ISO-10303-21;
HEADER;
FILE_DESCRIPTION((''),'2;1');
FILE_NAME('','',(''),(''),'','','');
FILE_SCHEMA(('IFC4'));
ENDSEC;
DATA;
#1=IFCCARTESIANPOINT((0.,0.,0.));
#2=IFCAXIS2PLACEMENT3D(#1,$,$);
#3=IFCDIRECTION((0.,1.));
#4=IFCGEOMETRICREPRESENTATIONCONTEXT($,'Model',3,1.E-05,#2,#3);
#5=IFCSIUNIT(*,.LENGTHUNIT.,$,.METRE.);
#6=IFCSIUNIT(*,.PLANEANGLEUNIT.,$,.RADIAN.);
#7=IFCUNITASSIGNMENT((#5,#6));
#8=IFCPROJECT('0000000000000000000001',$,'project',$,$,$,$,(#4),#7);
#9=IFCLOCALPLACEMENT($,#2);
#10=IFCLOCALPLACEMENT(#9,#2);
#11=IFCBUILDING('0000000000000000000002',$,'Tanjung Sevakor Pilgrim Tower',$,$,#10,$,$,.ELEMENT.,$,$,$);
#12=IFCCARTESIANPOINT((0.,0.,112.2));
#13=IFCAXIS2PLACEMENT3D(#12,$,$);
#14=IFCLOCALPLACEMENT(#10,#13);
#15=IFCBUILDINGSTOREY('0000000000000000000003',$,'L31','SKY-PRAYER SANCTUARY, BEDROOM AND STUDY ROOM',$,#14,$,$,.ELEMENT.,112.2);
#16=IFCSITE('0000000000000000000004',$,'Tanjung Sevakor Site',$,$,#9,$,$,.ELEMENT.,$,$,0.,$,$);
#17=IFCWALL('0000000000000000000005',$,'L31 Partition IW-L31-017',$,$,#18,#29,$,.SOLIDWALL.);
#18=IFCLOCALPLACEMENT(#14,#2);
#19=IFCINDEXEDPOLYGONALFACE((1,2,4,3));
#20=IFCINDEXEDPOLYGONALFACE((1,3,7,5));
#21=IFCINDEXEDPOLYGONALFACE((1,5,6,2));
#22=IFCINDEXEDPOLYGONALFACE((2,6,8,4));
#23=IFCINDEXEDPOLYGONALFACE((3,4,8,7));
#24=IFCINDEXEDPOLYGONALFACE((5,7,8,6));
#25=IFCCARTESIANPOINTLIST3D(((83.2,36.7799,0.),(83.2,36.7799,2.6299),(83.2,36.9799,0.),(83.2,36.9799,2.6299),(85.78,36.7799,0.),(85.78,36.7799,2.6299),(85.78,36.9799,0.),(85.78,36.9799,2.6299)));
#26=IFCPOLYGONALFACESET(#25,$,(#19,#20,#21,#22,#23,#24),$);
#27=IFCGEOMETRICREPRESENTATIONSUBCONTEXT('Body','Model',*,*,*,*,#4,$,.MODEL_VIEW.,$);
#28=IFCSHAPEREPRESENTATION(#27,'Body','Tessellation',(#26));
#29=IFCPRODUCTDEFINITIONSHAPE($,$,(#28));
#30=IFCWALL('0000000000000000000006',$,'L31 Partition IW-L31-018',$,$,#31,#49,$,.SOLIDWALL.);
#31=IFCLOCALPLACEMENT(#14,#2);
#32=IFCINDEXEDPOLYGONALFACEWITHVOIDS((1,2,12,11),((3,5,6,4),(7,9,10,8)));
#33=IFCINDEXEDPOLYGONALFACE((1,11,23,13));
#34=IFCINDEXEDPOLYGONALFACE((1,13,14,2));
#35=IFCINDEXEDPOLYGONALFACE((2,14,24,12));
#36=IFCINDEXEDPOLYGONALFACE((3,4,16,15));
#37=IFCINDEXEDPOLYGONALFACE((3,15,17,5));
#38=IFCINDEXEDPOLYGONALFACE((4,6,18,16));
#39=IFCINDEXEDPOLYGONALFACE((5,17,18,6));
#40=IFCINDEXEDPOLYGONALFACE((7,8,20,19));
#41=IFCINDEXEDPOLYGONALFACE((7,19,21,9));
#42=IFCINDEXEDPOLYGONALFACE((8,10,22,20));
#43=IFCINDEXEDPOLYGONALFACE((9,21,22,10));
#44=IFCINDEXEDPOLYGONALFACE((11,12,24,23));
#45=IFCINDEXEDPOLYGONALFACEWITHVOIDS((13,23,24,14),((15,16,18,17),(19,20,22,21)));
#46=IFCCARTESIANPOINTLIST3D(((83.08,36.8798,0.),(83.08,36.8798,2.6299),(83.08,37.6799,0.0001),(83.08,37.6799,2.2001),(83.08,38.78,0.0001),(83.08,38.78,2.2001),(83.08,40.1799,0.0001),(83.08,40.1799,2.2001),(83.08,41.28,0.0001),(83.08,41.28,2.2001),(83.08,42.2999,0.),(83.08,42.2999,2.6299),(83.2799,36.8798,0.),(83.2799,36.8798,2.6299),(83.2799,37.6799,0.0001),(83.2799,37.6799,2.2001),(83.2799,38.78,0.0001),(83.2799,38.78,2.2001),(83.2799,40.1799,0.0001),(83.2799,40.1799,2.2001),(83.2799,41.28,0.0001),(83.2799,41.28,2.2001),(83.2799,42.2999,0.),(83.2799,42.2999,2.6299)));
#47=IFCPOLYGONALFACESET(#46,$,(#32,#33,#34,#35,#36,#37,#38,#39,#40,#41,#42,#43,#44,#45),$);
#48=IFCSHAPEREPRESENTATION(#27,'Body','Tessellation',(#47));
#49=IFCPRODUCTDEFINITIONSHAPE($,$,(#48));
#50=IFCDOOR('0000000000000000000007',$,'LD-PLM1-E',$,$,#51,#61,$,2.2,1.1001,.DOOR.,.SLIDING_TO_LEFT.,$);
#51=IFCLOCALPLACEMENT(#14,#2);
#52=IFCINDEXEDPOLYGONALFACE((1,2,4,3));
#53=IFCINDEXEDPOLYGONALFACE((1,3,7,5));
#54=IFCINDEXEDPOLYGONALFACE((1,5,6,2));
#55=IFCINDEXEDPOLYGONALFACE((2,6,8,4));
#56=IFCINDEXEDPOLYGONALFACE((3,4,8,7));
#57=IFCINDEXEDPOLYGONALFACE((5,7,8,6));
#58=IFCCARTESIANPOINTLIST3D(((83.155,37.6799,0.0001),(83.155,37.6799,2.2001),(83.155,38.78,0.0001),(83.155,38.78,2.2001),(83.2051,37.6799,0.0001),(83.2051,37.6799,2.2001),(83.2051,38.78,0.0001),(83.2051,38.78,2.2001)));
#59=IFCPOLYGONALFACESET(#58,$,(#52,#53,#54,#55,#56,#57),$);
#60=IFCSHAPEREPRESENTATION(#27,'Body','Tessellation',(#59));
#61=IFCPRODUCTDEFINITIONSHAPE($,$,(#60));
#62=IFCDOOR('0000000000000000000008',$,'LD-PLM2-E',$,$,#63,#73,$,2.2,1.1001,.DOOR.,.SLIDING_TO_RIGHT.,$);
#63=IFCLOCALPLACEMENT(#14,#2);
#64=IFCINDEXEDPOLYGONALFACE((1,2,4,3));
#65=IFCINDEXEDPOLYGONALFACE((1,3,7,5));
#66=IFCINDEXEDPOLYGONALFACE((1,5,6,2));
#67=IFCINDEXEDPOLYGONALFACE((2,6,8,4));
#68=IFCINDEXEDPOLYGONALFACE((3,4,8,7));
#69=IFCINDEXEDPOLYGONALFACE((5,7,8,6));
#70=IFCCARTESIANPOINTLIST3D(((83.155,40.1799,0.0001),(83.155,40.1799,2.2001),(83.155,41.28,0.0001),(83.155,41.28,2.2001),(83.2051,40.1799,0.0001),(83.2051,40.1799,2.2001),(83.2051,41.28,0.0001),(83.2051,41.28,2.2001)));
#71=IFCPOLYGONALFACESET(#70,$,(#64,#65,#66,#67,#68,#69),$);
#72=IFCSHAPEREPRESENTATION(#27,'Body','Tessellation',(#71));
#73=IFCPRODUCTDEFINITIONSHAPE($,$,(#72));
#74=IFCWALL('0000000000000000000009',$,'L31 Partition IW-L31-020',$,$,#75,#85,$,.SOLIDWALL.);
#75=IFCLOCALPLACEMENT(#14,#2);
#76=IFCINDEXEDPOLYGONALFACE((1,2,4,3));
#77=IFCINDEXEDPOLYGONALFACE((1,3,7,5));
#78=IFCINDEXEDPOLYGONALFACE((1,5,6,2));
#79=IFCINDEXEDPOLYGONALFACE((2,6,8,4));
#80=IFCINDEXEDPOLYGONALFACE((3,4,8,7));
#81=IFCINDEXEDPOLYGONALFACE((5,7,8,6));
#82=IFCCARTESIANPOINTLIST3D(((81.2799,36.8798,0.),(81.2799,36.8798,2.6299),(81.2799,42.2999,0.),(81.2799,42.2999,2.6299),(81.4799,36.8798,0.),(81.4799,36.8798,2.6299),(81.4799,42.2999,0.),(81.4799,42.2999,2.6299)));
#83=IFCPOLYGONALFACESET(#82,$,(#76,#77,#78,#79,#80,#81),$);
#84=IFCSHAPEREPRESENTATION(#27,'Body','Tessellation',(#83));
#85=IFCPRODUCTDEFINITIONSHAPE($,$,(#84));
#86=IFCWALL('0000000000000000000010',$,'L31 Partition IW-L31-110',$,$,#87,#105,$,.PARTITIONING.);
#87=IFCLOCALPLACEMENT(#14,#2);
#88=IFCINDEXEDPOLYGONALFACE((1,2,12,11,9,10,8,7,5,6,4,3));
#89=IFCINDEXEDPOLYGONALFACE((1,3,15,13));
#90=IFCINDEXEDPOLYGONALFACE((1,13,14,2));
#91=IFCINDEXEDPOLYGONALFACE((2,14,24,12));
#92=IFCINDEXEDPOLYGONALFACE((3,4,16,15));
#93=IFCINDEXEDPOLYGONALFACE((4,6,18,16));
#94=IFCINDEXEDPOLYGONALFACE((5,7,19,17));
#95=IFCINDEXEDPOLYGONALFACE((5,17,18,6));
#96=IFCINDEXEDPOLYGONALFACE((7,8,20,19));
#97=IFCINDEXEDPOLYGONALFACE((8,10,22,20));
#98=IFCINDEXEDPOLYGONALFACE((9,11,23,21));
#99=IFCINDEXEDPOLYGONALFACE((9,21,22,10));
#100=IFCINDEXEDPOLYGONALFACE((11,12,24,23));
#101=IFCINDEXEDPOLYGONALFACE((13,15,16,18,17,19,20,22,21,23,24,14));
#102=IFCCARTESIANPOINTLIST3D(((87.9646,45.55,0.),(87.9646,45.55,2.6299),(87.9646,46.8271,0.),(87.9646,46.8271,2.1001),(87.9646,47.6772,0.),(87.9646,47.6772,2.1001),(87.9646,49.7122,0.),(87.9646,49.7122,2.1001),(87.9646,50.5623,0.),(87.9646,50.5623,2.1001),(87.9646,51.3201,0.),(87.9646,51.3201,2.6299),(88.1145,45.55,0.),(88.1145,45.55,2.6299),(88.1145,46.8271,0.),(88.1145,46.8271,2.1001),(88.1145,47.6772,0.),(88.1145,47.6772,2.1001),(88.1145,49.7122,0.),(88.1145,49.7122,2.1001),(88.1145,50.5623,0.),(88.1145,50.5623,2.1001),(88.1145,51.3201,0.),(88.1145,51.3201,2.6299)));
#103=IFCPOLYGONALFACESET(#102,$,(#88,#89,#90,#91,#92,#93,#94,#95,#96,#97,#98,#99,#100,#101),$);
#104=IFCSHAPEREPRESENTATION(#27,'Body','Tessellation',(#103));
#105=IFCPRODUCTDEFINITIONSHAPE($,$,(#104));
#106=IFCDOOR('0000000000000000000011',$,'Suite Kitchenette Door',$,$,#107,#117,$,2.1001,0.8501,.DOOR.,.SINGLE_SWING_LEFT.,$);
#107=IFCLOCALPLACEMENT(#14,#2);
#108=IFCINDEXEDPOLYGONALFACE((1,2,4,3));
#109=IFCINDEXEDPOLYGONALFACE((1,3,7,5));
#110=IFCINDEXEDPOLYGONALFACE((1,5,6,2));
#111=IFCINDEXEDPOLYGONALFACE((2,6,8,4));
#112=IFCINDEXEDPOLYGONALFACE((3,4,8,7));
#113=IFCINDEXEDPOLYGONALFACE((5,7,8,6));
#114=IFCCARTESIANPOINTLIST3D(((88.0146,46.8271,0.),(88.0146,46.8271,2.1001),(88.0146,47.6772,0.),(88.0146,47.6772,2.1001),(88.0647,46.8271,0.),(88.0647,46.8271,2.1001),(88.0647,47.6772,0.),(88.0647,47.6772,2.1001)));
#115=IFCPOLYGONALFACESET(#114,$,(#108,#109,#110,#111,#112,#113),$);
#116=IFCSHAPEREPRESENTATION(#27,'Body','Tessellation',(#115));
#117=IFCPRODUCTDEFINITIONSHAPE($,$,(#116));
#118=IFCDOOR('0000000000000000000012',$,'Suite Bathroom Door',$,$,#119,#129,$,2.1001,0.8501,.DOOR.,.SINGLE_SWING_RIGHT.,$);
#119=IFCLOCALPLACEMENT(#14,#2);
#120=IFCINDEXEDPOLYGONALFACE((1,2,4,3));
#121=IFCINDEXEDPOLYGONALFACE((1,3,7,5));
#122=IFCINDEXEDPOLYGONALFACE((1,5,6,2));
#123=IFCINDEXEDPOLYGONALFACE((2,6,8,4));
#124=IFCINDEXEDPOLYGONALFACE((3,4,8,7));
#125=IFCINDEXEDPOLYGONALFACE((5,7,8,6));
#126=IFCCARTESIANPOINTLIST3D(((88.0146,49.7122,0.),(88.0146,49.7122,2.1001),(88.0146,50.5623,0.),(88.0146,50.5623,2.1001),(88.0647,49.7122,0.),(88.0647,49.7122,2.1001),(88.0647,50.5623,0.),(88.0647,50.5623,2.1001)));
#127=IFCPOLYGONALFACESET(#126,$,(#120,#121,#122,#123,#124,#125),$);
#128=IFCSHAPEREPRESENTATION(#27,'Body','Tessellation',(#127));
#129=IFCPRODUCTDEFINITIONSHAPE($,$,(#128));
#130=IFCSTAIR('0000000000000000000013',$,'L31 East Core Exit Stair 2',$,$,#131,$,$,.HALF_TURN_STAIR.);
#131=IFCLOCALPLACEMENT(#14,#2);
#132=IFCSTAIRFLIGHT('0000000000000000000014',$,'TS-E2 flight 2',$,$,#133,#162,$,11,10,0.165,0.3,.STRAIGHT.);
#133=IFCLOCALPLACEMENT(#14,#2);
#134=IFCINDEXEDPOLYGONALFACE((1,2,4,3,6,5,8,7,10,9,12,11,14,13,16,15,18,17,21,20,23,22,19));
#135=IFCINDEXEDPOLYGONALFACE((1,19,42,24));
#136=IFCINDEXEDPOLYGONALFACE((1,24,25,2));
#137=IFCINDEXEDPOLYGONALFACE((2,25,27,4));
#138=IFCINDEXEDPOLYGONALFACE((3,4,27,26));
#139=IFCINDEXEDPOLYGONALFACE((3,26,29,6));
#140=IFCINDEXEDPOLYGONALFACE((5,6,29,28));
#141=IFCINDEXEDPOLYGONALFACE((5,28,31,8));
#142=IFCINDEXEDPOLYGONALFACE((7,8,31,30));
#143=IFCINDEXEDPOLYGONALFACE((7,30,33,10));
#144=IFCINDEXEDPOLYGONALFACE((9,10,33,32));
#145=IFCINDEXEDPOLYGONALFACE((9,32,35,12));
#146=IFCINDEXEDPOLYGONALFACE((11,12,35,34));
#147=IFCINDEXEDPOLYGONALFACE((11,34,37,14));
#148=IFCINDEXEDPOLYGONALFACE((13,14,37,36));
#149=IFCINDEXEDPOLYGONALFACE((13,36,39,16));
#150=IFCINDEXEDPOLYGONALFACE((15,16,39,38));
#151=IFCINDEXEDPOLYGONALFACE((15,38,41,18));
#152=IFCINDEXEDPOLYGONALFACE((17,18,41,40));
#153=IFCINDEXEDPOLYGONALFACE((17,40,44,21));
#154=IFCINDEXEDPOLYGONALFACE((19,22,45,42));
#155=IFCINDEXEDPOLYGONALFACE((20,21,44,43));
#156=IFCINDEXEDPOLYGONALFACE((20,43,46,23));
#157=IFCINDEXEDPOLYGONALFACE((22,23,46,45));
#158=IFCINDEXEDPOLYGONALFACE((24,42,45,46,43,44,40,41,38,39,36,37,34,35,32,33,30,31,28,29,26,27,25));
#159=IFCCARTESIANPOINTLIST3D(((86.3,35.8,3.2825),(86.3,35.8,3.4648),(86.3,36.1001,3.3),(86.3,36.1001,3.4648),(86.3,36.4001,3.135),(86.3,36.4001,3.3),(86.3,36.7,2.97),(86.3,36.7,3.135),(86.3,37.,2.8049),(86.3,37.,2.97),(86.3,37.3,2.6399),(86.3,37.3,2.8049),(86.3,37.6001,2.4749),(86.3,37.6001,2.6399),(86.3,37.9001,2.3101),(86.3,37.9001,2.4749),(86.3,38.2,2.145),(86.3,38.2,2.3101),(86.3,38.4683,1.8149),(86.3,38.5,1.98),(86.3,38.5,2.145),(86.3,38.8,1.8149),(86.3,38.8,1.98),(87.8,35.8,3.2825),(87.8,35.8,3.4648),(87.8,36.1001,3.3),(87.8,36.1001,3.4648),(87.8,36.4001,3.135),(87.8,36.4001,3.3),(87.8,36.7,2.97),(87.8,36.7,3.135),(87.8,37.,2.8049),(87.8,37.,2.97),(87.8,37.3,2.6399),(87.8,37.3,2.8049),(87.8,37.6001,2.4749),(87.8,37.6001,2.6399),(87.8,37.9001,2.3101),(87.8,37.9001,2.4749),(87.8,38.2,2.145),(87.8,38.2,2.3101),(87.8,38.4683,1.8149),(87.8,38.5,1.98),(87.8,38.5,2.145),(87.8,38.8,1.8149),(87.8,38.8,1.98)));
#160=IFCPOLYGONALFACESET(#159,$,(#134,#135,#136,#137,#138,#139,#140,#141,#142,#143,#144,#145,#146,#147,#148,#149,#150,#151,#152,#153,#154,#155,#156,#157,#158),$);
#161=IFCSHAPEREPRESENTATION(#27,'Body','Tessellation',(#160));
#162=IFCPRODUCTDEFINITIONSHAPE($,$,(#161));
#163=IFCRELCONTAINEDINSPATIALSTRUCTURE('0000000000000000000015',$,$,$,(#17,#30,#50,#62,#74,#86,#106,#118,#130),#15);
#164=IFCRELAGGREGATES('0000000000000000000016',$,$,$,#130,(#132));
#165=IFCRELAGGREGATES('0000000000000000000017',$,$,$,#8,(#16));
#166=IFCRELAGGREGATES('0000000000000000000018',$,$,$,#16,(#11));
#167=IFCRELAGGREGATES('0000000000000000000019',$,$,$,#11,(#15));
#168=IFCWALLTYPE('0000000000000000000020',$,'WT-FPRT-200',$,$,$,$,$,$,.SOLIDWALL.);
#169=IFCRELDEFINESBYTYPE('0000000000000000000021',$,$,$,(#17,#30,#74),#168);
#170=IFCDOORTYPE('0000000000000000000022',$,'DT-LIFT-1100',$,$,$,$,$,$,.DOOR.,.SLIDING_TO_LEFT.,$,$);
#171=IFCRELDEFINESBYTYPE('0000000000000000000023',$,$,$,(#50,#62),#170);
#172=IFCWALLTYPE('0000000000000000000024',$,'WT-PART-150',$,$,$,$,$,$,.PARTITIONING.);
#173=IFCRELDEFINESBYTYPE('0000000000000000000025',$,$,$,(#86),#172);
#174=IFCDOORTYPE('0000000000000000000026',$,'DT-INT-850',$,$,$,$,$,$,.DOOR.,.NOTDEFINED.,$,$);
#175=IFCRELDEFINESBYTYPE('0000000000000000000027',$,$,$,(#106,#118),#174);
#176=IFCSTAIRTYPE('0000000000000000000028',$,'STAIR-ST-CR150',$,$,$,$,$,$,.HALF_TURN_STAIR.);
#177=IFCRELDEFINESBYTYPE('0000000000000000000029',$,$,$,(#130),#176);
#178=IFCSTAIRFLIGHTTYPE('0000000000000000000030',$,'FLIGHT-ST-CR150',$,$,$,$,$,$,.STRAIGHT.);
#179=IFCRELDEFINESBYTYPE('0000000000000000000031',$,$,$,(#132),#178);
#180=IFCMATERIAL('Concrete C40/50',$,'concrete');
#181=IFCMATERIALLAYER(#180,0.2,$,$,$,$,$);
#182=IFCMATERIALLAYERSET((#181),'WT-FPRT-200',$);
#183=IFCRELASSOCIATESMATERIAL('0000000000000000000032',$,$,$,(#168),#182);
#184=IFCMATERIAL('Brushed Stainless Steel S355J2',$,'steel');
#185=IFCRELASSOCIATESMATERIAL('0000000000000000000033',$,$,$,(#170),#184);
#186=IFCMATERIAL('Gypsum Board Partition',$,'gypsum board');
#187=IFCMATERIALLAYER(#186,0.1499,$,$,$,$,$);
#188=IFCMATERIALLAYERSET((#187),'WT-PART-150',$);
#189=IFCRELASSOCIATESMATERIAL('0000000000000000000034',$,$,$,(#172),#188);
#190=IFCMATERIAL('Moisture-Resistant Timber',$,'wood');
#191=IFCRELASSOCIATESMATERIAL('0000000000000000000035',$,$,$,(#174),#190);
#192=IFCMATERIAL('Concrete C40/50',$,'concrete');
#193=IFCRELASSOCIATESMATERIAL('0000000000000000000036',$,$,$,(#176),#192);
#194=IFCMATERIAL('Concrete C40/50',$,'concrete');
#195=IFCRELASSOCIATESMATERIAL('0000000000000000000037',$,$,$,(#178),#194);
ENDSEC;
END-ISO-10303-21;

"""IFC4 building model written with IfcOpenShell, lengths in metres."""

from ifc_helpers import new_model, si_unit, direction, frame, frame_2d, origin, place, context, subcontext, project, spatial, polyline, rectangle, outline, extrude, material, layer, layer_set, type_object, element, fill, aggregate, save


model = new_model("IFC4")

# Units and contexts
model_context = context("Model", 3, precision=1e-05, world=origin(), true_north=direction((0.0, 1.0)))
body_context = subcontext(model_context, "Body", "Model", "MODEL_VIEW")
ifc_project = project(units=[si_unit("LENGTHUNIT", "METRE"), si_unit("PLANEANGLEUNIT", "RADIAN")], contexts=[model_context])

# Site, building, storey
site_placement = place(None, origin())
site = spatial("IfcSite", under=ifc_project, at=site_placement, Name="Tanjung Sevakor Site", CompositionType="ELEMENT", RefElevation=0.0)
building_placement = place(site_placement, origin())
building = spatial("IfcBuilding", under=site, at=building_placement, Name="Tanjung Sevakor Pilgrim Tower", CompositionType="ELEMENT")
storey_placement = place(building_placement, frame((0.0, 0.0, 112.2)))
storey = spatial("IfcBuildingStorey", under=building, at=storey_placement, Name="L31", Description="SKY-PRAYER SANCTUARY, BEDROOM AND STUDY ROOM", CompositionType="ELEMENT", Elevation=112.2)

# Wall
ifc_material_1 = material(Name="Concrete C40/50", Category="concrete")
ifc_layer_1 = layer(ifc_material_1, 0.2)
ifc_layer_set_1 = layer_set([ifc_layer_1], Name="WT-FPRT-200")
wall_type_1 = type_object("IfcWallType", Name="WT-FPRT-200", PredefinedType="SOLIDWALL", material=ifc_layer_set_1)
wall_1_placement = place(storey_placement, frame((83.2, 36.8799, 0.0), z_axis=(0.0, 0.0, 1.0), x_axis=(1.0, 0.0, 0.0)))
element("IfcWall", 1, at=wall_1_placement, inside=storey, type_object=wall_type_1, Name="L31 Partition IW-L31-017", PredefinedType="SOLIDWALL", context=body_context, shape_type="SweptSolid", body=[
    extrude(rectangle(XDim=2.5801, YDim=0.2, at=frame_2d((1.29, 0.0))), origin(), (0.0, 0.0, 1.0), 2.6299),
])

# Wall, openings, doors
wall_2_placement = place(storey_placement, frame((83.1799, 36.8799, 0.0), z_axis=(0.0, 0.0, 1.0), x_axis=(0.0, 1.0, 0.0)))
wall_2 = element("IfcWall", 2, at=wall_2_placement, inside=storey, type_object=wall_type_1, Name="L31 Partition IW-L31-018", PredefinedType="SOLIDWALL", context=body_context, shape_type="SweptSolid", body=[
    extrude(rectangle(XDim=5.4202, YDim=0.2, at=frame_2d((2.71, 0.0))), origin(), (0.0, 0.0, 1.0), 2.6299),
])
opening_1_placement = place(wall_2_placement, frame((0.8, 0.0, 0.0)))
opening_1 = element("IfcOpeningElement", 3, at=opening_1_placement, cuts=wall_2, PredefinedType="OPENING", context=body_context, shape_type="SweptSolid", body=[
    extrude(rectangle(XDim=1.1001, YDim=2.2, at=frame_2d((0.55, 1.1001))), frame((0.0, 0.1099, 0.0), z_axis=(0.0, -1.0, 0.0), x_axis=(1.0, 0.0, 0.0)), (0.0, 0.0, 1.0), 0.22),
])
opening_2_placement = place(wall_2_placement, frame((3.3, 0.0, 0.0)))
opening_2 = element("IfcOpeningElement", 4, at=opening_2_placement, cuts=wall_2, PredefinedType="OPENING", context=body_context, shape_type="SweptSolid", body=[
    extrude(rectangle(XDim=1.1001, YDim=2.2, at=frame_2d((0.55, 1.1001))), frame((0.0, 0.1099, 0.0), z_axis=(0.0, -1.0, 0.0), x_axis=(1.0, 0.0, 0.0)), (0.0, 0.0, 1.0), 0.22),
])
ifc_material_2 = material(Name="Brushed Stainless Steel S355J2", Category="steel")
door_type_1 = type_object("IfcDoorType", Name="DT-LIFT-1100", OperationType="SLIDING_TO_LEFT", PredefinedType="DOOR", material=ifc_material_2)
door_1_placement = place(opening_1_placement, origin())
door_1 = element("IfcDoor", 5, at=door_1_placement, inside=storey, type_object=door_type_1, Name="LD-PLM1-E", OperationType="SLIDING_TO_LEFT", OverallHeight=2.2, OverallWidth=1.1001, PredefinedType="DOOR", context=body_context, shape_type="SweptSolid", body=[
    extrude(rectangle(XDim=1.1001, YDim=2.2, at=frame_2d((0.55, 1.1001))), frame((0.0, 0.0249, 0.0), z_axis=(0.0, -1.0, 0.0), x_axis=(1.0, 0.0, 0.0)), (0.0, 0.0, 1.0), 0.05),
])
fill(opening_1, door_1)
door_2_placement = place(opening_2_placement, origin())
door_2 = element("IfcDoor", 6, at=door_2_placement, inside=storey, type_object=door_type_1, Name="LD-PLM2-E", OperationType="SLIDING_TO_RIGHT", OverallHeight=2.2, OverallWidth=1.1001, PredefinedType="DOOR", context=body_context, shape_type="SweptSolid", body=[
    extrude(rectangle(XDim=1.1001, YDim=2.2, at=frame_2d((0.55, 1.1001))), frame((0.0, 0.0249, 0.0), z_axis=(0.0, -1.0, 0.0), x_axis=(1.0, 0.0, 0.0)), (0.0, 0.0, 1.0), 0.05),
])
fill(opening_2, door_2)

# Wall
wall_3_placement = place(storey_placement, frame((81.3799, 36.8799, 0.0), z_axis=(0.0, 0.0, 1.0), x_axis=(0.0, 1.0, 0.0)))
element("IfcWall", 7, at=wall_3_placement, inside=storey, type_object=wall_type_1, Name="L31 Partition IW-L31-020", PredefinedType="SOLIDWALL", context=body_context, shape_type="SweptSolid", body=[
    extrude(rectangle(XDim=5.4202, YDim=0.2, at=frame_2d((2.71, 0.0))), origin(), (0.0, 0.0, 1.0), 2.6299),
])

# Wall, openings, doors
ifc_material_3 = material(Name="Gypsum Board Partition", Category="gypsum board")
ifc_layer_2 = layer(ifc_material_3, 0.1499)
ifc_layer_set_2 = layer_set([ifc_layer_2], Name="WT-PART-150")
wall_type_2 = type_object("IfcWallType", Name="WT-PART-150", PredefinedType="PARTITIONING", material=ifc_layer_set_2)
wall_4_placement = place(storey_placement, frame((88.0396, 45.55, 0.0), z_axis=(0.0, 0.0, 1.0), x_axis=(0.0, 1.0, 0.0)))
wall_4 = element("IfcWall", 8, at=wall_4_placement, inside=storey, type_object=wall_type_2, Name="L31 Partition IW-L31-110", PredefinedType="PARTITIONING", context=body_context, shape_type="SweptSolid", body=[
    extrude(rectangle(XDim=5.77, YDim=0.1499, at=frame_2d((2.885, 0.0))), origin(), (0.0, 0.0, 1.0), 2.6299),
])
opening_3_placement = place(wall_4_placement, frame((1.2771, 0.0, 0.0)))
opening_3 = element("IfcOpeningElement", 9, at=opening_3_placement, cuts=wall_4, PredefinedType="OPENING", context=body_context, shape_type="SweptSolid", body=[
    extrude(rectangle(XDim=0.8501, YDim=2.1001, at=frame_2d((0.425, 1.05))), frame((0.0, 0.085, 0.0), z_axis=(0.0, -1.0, 0.0), x_axis=(1.0, 0.0, 0.0)), (0.0, 0.0, 1.0), 0.1699),
])
opening_4_placement = place(wall_4_placement, frame((4.1621, 0.0, 0.0)))
opening_4 = element("IfcOpeningElement", 10, at=opening_4_placement, cuts=wall_4, PredefinedType="OPENING", context=body_context, shape_type="SweptSolid", body=[
    extrude(rectangle(XDim=0.8501, YDim=2.1001, at=frame_2d((0.425, 1.05))), frame((0.0, 0.085, 0.0), z_axis=(0.0, -1.0, 0.0), x_axis=(1.0, 0.0, 0.0)), (0.0, 0.0, 1.0), 0.1699),
])
ifc_material_4 = material(Name="Moisture-Resistant Timber", Category="wood")
door_type_2 = type_object("IfcDoorType", Name="DT-INT-850", OperationType="NOTDEFINED", PredefinedType="DOOR", material=ifc_material_4)
door_3_placement = place(opening_3_placement, origin())
door_3 = element("IfcDoor", 11, at=door_3_placement, inside=storey, type_object=door_type_2, Name="Suite Kitchenette Door", OperationType="SINGLE_SWING_LEFT", OverallHeight=2.1001, OverallWidth=0.8501, PredefinedType="DOOR", context=body_context, shape_type="SweptSolid", body=[
    extrude(rectangle(XDim=0.8501, YDim=2.1001, at=frame_2d((0.425, 1.05))), frame((0.0, 0.0249, 0.0), z_axis=(0.0, -1.0, 0.0), x_axis=(1.0, 0.0, 0.0)), (0.0, 0.0, 1.0), 0.05),
])
fill(opening_3, door_3)
door_4_placement = place(opening_4_placement, origin())
door_4 = element("IfcDoor", 12, at=door_4_placement, inside=storey, type_object=door_type_2, Name="Suite Bathroom Door", OperationType="SINGLE_SWING_RIGHT", OverallHeight=2.1001, OverallWidth=0.8501, PredefinedType="DOOR", context=body_context, shape_type="SweptSolid", body=[
    extrude(rectangle(XDim=0.8501, YDim=2.1001, at=frame_2d((0.425, 1.05))), frame((0.0, 0.0249, 0.0), z_axis=(0.0, -1.0, 0.0), x_axis=(1.0, 0.0, 0.0)), (0.0, 0.0, 1.0), 0.05),
])
fill(opening_4, door_4)

# Stair, stair flight
ifc_material_5 = material(Name="Concrete C40/50", Category="concrete")
stair_type = type_object("IfcStairType", Name="STAIR-ST-CR150", PredefinedType="HALF_TURN_STAIR", material=ifc_material_5)
stair_placement = place(storey_placement, origin())
stair = element("IfcStair", 13, at=stair_placement, inside=storey, type_object=stair_type, Name="L31 East Core Exit Stair 2", PredefinedType="HALF_TURN_STAIR")
ifc_material_6 = material(Name="Concrete C40/50", Category="concrete")
stair_flight_type = type_object("IfcStairFlightType", Name="FLIGHT-ST-CR150", PredefinedType="STRAIGHT", material=ifc_material_6)
stair_flight_placement = place(storey_placement, frame((87.05, 38.8, 1.8149), z_axis=(0.0, 0.0, 1.0), x_axis=(0.0, -1.0, 0.0)))
stair_flight = element("IfcStairFlight", 14, at=stair_flight_placement, type_object=stair_flight_type, Name="TS-E2 flight 2", NumberOfRisers=11, NumberOfTreads=10, PredefinedType="STRAIGHT", RiserHeight=0.165, TreadLength=0.3, context=body_context, shape_type="SweptSolid", body=[
    extrude(outline(polyline([(0.0, 0.0), (0.0, 0.165), (0.3, 0.165), (0.3, 0.3301), (0.6001, 0.3301), (0.6001, 0.4951), (0.8999, 0.4951), (0.8999, 0.6599), (1.2, 0.6599), (1.2, 0.825), (1.5, 0.825), (1.5, 0.99), (1.8, 0.99), (1.8, 1.155), (2.1001, 1.155), (2.1001, 1.3201), (2.3999, 1.3201), (2.3999, 1.4851), (2.7, 1.4851), (2.7, 1.6499), (3.0, 1.6499), (3.0, 1.8149), (3.0, 1.4675), (0.3318, 0.0), (0.0, 0.0)])), frame((0.0, 0.75, 0.0), z_axis=(0.0, -1.0, 0.0), x_axis=(1.0, 0.0, 0.0)), (0.0, 0.0, 1.0), 1.5),
])
aggregate(stair, [stair_flight])

save(model, "model.ifc")
